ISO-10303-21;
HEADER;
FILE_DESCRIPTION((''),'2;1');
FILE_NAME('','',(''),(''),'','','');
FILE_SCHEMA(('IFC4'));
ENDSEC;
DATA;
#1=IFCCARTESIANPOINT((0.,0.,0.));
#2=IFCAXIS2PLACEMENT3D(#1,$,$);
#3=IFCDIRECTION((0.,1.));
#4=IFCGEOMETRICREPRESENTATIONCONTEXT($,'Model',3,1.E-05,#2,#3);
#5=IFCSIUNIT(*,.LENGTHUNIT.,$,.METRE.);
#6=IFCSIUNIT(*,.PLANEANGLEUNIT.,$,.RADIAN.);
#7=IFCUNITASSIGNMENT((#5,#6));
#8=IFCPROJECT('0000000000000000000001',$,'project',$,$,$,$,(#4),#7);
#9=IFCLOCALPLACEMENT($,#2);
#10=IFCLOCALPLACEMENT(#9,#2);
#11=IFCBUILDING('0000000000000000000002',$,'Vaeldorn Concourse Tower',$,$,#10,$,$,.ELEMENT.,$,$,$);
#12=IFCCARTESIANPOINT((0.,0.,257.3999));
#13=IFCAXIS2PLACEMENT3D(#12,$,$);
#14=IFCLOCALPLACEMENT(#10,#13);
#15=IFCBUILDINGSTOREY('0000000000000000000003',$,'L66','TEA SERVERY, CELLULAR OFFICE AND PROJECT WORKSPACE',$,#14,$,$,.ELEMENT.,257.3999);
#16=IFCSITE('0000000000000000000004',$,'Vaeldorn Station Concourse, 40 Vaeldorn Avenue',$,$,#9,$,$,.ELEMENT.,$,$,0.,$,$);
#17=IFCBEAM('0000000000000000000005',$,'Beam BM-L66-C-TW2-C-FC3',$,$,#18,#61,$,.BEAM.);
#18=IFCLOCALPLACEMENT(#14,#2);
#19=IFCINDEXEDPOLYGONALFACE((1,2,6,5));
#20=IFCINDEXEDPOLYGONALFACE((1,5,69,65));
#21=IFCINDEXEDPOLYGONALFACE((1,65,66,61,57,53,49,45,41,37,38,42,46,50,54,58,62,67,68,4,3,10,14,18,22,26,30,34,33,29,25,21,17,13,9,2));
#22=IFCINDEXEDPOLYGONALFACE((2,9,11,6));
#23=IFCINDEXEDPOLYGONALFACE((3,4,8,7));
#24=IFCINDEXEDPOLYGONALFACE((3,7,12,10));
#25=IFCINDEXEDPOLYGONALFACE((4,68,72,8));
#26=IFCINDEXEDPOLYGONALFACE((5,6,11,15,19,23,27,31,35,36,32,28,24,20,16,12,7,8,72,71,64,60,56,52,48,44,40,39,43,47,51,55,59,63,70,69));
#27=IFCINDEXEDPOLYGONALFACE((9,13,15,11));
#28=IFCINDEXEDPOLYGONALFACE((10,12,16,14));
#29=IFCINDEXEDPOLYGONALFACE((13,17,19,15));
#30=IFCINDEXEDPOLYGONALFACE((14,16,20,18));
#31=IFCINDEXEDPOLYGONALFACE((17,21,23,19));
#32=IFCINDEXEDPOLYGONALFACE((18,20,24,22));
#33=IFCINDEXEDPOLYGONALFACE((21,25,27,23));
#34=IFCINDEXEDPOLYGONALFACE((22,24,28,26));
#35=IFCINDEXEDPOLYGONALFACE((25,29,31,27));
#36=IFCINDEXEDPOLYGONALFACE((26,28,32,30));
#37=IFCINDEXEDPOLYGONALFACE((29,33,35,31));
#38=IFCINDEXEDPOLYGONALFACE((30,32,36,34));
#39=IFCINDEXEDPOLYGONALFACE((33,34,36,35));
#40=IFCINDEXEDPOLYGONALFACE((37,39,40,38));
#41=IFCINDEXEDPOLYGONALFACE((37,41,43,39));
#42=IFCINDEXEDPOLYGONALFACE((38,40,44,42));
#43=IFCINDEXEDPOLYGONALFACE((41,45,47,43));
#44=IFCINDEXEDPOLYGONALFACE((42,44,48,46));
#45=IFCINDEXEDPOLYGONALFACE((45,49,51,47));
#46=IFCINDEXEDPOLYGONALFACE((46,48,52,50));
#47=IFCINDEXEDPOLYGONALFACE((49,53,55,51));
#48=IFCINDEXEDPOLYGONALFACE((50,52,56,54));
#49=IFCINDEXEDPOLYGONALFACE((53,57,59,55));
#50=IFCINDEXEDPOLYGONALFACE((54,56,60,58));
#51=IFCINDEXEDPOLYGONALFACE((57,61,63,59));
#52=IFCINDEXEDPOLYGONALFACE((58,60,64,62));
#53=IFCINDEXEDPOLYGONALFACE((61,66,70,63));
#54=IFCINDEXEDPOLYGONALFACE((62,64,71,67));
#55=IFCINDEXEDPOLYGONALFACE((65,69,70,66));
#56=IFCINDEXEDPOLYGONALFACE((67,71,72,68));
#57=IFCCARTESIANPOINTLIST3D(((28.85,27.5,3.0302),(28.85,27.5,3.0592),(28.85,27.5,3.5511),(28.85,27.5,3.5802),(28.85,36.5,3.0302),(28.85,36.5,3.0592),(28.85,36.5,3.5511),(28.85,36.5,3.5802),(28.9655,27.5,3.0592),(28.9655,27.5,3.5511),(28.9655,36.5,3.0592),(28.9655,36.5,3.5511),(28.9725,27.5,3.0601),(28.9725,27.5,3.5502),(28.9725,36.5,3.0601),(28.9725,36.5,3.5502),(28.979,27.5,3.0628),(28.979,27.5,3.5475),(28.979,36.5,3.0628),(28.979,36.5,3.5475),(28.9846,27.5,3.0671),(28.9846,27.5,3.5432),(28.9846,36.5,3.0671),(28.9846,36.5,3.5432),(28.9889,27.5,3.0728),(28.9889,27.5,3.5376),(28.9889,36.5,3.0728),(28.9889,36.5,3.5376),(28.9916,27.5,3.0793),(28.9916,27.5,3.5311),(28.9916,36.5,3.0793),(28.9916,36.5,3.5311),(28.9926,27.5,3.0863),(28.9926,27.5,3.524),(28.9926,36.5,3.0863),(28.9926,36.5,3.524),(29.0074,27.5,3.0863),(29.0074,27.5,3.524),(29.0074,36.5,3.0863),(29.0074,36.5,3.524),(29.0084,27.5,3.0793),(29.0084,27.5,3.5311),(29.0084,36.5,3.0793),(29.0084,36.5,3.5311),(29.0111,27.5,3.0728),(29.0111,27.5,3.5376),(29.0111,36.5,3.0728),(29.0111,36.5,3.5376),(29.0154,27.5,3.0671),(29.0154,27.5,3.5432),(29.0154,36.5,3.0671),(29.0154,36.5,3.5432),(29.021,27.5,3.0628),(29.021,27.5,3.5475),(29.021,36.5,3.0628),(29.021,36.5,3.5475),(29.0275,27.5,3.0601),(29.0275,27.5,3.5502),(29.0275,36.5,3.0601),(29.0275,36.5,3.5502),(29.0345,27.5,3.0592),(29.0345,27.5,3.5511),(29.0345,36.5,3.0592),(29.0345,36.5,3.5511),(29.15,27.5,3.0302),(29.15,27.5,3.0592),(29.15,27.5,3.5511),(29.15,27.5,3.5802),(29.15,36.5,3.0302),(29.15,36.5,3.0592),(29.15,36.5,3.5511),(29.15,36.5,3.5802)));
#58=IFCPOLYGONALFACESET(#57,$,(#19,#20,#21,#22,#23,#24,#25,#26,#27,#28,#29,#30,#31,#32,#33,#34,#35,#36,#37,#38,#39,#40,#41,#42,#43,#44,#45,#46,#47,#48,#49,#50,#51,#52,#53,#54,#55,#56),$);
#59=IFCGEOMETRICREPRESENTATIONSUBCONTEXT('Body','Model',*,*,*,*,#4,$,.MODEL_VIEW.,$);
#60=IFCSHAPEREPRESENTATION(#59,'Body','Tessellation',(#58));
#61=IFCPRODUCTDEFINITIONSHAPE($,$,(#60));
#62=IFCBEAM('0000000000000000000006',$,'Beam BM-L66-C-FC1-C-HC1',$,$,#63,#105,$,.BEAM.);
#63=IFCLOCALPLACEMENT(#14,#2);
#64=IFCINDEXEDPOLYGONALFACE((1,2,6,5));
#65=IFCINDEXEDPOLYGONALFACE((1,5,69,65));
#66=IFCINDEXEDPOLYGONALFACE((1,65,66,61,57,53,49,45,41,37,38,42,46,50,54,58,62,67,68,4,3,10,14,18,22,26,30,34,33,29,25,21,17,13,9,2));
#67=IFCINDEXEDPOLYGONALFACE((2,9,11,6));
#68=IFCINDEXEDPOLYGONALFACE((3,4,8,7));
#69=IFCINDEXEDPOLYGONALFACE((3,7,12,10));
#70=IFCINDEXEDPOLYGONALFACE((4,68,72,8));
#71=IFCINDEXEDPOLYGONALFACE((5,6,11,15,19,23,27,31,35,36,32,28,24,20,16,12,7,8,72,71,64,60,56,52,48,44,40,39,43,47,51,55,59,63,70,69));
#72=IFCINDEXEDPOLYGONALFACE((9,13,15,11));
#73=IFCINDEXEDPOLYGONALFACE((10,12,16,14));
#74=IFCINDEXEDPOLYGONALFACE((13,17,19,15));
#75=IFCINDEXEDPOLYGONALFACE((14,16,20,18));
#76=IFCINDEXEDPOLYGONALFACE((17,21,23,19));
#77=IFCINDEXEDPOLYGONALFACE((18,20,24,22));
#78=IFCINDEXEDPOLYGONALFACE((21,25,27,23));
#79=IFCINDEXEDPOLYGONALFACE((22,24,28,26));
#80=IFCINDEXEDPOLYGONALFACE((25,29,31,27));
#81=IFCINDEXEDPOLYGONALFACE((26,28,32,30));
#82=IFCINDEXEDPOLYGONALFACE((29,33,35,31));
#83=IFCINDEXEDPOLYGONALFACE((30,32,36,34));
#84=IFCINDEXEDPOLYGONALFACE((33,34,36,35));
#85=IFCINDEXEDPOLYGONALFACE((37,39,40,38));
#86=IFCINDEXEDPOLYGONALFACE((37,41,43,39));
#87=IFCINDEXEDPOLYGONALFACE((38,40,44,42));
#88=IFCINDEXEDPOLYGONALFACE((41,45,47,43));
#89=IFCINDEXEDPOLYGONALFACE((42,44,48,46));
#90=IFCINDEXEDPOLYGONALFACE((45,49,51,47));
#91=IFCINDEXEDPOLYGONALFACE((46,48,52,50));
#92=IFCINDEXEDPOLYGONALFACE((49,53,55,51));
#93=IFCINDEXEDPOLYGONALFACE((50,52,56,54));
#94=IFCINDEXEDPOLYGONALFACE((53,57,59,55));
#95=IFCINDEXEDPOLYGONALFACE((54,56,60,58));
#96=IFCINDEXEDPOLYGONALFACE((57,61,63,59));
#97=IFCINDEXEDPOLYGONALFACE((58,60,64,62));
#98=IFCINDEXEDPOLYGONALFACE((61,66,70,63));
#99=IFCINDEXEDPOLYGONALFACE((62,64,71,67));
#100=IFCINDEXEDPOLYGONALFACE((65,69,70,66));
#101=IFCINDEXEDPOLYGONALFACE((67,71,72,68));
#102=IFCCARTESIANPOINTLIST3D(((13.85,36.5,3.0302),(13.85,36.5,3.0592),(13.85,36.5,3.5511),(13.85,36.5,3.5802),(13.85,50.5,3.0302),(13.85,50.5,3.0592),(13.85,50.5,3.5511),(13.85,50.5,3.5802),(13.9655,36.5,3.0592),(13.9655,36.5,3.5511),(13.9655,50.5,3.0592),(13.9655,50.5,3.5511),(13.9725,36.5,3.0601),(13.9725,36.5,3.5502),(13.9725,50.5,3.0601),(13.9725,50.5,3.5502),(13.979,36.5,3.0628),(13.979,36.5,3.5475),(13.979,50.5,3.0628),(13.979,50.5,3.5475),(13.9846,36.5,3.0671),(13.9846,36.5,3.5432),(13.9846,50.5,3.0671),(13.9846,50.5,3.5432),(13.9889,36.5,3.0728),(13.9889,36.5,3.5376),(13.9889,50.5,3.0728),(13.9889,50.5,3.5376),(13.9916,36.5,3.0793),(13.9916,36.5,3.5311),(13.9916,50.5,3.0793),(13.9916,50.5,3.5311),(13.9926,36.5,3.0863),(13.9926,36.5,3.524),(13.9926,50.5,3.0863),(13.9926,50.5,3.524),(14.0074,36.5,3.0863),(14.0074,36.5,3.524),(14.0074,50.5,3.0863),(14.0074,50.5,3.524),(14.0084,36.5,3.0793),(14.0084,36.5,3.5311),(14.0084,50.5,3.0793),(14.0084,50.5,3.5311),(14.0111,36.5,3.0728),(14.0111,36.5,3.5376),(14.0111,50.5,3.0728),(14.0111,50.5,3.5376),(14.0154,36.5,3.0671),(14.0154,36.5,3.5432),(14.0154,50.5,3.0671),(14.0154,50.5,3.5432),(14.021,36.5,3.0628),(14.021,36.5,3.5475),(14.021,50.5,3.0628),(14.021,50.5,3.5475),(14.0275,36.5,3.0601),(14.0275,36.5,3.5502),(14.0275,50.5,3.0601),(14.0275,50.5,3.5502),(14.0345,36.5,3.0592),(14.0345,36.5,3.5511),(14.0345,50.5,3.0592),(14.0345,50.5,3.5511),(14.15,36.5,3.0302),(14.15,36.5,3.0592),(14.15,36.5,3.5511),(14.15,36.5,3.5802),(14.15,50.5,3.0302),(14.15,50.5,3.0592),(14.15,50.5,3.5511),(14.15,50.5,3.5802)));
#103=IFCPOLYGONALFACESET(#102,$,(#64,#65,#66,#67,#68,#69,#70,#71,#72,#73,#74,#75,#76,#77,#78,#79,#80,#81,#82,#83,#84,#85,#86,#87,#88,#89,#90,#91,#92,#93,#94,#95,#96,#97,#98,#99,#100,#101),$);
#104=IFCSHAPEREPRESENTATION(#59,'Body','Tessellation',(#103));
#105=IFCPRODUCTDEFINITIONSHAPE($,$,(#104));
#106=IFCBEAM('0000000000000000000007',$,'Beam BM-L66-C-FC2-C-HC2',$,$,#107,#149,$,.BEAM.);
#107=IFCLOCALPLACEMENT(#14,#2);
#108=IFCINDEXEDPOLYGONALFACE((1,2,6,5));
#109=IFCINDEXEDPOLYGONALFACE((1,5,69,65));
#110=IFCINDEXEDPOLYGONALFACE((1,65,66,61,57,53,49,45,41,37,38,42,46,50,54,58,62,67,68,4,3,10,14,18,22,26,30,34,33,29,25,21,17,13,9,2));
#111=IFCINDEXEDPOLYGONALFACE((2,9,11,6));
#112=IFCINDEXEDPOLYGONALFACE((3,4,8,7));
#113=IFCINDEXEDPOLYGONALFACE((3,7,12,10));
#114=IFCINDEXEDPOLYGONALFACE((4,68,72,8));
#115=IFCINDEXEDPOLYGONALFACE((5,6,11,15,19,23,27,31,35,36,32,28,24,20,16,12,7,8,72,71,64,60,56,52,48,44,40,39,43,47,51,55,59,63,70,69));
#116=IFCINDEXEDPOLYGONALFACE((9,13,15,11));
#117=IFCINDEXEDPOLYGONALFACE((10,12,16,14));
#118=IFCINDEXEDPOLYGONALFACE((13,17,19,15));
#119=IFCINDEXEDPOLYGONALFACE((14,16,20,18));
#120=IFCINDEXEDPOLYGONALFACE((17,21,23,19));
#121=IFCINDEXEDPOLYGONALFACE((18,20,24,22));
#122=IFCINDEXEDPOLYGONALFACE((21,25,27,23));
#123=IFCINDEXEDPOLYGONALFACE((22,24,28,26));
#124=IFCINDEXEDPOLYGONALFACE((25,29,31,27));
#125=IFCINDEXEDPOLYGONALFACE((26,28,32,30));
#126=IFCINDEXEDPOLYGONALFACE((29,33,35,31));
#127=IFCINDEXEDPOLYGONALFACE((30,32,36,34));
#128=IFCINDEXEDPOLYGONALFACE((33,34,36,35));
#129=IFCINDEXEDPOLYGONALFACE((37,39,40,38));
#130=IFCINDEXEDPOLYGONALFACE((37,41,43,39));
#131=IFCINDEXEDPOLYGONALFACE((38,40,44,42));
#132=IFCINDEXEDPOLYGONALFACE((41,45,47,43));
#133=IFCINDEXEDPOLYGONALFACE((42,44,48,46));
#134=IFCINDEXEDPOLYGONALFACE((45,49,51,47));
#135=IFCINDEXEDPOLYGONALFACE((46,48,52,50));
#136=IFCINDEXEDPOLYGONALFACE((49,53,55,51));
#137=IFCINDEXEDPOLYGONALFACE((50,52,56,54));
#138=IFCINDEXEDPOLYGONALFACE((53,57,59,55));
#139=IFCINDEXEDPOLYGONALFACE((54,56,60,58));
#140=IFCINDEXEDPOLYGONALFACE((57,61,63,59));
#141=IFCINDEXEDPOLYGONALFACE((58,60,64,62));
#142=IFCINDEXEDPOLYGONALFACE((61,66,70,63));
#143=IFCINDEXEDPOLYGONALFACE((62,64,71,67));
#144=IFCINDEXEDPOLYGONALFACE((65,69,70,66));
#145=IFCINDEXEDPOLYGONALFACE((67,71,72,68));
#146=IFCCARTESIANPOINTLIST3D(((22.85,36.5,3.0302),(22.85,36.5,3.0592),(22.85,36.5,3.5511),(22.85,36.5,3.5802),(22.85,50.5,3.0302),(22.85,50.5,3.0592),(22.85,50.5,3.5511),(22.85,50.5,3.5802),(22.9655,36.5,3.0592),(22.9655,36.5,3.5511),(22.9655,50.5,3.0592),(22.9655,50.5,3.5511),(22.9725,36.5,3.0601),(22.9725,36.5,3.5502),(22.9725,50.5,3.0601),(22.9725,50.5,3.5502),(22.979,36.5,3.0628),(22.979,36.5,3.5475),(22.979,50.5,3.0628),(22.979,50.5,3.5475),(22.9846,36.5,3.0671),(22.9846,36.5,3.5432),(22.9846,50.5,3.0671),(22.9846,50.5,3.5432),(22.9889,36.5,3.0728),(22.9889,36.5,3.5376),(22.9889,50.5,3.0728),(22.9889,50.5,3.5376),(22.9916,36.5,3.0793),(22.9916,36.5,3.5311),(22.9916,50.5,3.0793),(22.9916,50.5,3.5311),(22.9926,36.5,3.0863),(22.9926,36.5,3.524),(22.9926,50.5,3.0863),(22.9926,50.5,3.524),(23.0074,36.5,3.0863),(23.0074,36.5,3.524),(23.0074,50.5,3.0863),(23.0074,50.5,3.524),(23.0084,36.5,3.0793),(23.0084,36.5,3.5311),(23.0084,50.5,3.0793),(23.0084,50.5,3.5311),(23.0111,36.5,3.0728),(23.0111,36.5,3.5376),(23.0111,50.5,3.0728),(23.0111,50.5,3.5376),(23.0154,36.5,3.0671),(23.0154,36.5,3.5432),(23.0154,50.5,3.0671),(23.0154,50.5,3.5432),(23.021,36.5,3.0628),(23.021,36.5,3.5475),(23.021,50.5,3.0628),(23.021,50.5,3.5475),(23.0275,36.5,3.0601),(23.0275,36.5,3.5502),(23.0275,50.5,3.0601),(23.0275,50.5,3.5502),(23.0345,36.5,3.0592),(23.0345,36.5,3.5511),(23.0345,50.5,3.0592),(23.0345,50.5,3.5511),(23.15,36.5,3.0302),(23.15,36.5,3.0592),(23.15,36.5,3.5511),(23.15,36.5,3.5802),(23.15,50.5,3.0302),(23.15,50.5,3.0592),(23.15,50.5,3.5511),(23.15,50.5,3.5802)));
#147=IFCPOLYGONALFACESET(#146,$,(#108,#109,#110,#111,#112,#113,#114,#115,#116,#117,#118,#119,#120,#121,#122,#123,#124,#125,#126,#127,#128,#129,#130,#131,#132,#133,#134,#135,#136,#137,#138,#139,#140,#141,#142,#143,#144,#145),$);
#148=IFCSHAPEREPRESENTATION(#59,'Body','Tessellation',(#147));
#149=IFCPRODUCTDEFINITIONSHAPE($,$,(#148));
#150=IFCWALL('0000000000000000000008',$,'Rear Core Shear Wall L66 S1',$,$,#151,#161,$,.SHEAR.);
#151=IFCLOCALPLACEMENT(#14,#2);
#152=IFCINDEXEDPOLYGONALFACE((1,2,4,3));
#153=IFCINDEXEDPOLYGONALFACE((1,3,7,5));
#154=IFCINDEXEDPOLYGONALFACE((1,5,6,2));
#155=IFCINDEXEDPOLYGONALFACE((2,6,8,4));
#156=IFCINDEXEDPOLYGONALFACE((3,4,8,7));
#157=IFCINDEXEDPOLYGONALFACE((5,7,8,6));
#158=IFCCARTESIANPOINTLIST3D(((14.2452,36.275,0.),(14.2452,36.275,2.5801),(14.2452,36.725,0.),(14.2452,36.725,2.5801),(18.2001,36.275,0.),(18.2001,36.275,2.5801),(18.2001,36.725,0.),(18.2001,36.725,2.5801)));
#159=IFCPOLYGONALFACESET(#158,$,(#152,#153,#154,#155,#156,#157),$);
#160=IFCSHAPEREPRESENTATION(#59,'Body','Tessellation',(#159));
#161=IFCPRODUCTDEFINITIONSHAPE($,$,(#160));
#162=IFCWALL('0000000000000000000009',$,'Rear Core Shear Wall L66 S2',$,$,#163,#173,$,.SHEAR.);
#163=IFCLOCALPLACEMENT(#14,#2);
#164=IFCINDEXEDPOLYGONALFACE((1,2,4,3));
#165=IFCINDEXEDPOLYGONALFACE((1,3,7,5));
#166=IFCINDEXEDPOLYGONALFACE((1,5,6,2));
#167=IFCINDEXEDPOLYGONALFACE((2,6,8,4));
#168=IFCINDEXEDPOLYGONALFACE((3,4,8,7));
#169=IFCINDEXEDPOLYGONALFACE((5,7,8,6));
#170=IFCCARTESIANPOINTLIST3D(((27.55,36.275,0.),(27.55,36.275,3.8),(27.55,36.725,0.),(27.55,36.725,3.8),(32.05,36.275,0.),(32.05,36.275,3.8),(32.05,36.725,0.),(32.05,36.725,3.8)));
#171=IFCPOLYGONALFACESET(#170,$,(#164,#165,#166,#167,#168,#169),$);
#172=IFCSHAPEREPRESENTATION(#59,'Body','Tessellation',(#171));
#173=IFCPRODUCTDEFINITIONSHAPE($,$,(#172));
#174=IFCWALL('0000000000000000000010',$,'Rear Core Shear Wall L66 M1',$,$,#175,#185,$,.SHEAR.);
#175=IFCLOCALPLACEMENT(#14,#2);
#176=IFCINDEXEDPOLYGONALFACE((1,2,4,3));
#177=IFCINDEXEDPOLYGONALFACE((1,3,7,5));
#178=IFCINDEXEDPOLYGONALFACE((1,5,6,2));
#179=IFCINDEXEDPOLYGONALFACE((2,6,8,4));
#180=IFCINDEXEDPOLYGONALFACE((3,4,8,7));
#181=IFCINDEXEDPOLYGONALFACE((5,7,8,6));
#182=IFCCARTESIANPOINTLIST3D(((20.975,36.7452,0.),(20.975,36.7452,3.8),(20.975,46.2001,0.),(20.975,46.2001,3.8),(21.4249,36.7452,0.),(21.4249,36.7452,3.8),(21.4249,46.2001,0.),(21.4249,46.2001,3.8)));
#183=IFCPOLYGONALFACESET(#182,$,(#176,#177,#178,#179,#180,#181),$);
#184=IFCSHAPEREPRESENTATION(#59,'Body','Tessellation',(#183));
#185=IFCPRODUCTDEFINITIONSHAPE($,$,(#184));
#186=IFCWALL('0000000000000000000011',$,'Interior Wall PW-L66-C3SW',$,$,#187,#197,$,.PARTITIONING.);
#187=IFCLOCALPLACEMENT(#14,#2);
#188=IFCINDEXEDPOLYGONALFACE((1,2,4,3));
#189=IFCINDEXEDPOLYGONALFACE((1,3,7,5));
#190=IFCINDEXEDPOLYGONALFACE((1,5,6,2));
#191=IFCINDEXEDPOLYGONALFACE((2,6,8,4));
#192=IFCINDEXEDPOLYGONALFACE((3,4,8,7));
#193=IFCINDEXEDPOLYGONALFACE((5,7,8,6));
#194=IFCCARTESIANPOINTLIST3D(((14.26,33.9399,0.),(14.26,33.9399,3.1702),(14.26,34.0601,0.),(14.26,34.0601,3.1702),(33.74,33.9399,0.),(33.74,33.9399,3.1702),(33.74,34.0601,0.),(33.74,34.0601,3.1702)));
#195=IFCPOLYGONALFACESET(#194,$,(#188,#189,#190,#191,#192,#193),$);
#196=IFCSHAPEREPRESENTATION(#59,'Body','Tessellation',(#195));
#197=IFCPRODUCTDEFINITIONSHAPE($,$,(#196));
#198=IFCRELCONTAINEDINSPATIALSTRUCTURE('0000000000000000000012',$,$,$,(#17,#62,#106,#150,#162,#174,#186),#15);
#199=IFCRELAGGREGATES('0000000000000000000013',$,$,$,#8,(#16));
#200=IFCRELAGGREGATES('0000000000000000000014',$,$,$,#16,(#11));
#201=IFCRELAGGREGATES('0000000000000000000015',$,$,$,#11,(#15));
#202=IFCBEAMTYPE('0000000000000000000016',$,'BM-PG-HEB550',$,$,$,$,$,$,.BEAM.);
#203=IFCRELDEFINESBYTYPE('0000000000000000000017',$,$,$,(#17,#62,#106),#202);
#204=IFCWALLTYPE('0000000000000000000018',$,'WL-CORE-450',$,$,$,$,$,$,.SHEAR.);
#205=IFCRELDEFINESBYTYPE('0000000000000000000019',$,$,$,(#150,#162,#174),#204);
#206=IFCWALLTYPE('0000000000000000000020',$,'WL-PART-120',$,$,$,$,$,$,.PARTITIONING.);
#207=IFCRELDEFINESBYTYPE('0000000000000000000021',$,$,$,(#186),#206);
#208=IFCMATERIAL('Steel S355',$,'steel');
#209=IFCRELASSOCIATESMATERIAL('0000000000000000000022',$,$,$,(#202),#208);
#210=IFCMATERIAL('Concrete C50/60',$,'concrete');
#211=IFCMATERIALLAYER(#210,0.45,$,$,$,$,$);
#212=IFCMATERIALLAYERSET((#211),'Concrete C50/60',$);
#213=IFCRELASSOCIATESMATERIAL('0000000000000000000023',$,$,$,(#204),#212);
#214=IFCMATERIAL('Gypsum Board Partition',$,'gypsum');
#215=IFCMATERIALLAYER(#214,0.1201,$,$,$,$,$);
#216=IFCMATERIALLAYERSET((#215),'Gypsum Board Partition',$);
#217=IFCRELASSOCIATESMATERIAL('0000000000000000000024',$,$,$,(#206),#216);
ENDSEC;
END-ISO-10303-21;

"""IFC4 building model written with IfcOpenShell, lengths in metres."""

from ifc_helpers import new_model, si_unit, direction, frame, frame_2d, origin, origin_2d, place, context, subcontext, project, spatial, rectangle, i_section, extrude, source, transform, mapped, material, layer, layer_set, material_profile, profile_set, type_object, element, save


model = new_model("IFC4")

# Units and contexts
model_context = context("Model", 3, precision=1e-05, world=origin(), true_north=direction((0.0, 1.0)))
body_context = subcontext(model_context, "Body", "Model", "MODEL_VIEW")
ifc_project = project(units=[si_unit("LENGTHUNIT", "METRE"), si_unit("PLANEANGLEUNIT", "RADIAN")], contexts=[model_context])

# Site, building, storey
site_placement = place(None, origin())
site = spatial("IfcSite", under=ifc_project, at=site_placement, Name="Vaeldorn Station Concourse, 40 Vaeldorn Avenue", CompositionType="ELEMENT", RefElevation=0.0)
building_placement = place(site_placement, origin())
building = spatial("IfcBuilding", under=site, at=building_placement, Name="Vaeldorn Concourse Tower", CompositionType="ELEMENT")
storey_placement = place(building_placement, frame((0.0, 0.0, 257.3999)))
storey = spatial("IfcBuildingStorey", under=building, at=storey_placement, Name="L66", Description="TEA SERVERY, CELLULAR OFFICE AND PROJECT WORKSPACE", CompositionType="ELEMENT", Elevation=257.3999)

# Beams
ifc_material_1 = material(Name="Concrete C50/60", Category="concrete")
ifc_material_2 = material(Name="Steel S355", Category="steel")
ifc_material_profile_1 = material_profile(ifc_material_2, i_section(OverallWidth=0.3, OverallDepth=0.55, WebThickness=0.0149, FlangeThickness=0.0291, FilletRadius=0.0271, at=origin_2d()), Name="HEB 550")
ifc_profile_set_1 = profile_set([ifc_material_profile_1], Name="Steel S355")
beam_type_1 = type_object("IfcBeamType", Name="BM-PG-HEB550", PredefinedType="BEAM", material=ifc_profile_set_1)
shared_shape_1 = source(origin(), body_context, "Body", "SweptSolid", [
    extrude(i_section(OverallWidth=0.3, OverallDepth=0.55, WebThickness=0.0149, FlangeThickness=0.0291, FilletRadius=0.0271, at=origin_2d()), origin(), (0.0, 0.0, 1.0), 9.0),
])
beam_1_placement = place(storey_placement, frame((29.0, 27.5, 3.3052), z_axis=(0.0, 1.0, 0.0), x_axis=(-1.0, 0.0, 0.0)))
element("IfcBeam", 1, at=beam_1_placement, inside=storey, type_object=beam_type_1, Name="Beam BM-L66-C-TW2-C-FC3", PredefinedType="BEAM", context=body_context, shape_type="MappedRepresentation", body=[
    mapped(shared_shape_1, transform((0.0, 0.0, 0.0), scale=1.0)),
])
shared_shape_2 = source(origin(), body_context, "Body", "SweptSolid", [
    extrude(i_section(OverallWidth=0.3, OverallDepth=0.55, WebThickness=0.0149, FlangeThickness=0.0291, FilletRadius=0.0271, at=origin_2d()), origin(), (0.0, 0.0, 1.0), 14.0),
])
for number, where, z_axis, x_axis, name in (
    (2, (14.0, 36.5, 3.3052), (0.0, 1.0, 0.0), (-1.0, 0.0, 0.0), "Beam BM-L66-C-FC1-C-HC1"),
    (3, (23.0, 36.5, 3.3052), (0.0, 1.0, 0.0), (-1.0, 0.0, 0.0), "Beam BM-L66-C-FC2-C-HC2"),
):
    element("IfcBeam", number, at=place(storey_placement, frame(where, z_axis=z_axis, x_axis=x_axis)), inside=storey, type_object=beam_type_1, Name=name, PredefinedType="BEAM", context=body_context, shape_type="MappedRepresentation", body=[
        mapped(shared_shape_2, transform((0.0, 0.0, 0.0), scale=1.0)),
    ])

# Walls
ifc_layer_1 = layer(ifc_material_1, 0.45)
ifc_layer_set_1 = layer_set([ifc_layer_1], Name="Concrete C50/60")
wall_type_1 = type_object("IfcWallType", Name="WL-CORE-450", PredefinedType="SHEAR", material=ifc_layer_set_1)
wall_1_placement = place(storey_placement, frame((14.2451, 36.5, 0.0), z_axis=(0.0, 0.0, 1.0), x_axis=(1.0, 0.0, 0.0)))
element("IfcWall", 4, at=wall_1_placement, inside=storey, type_object=wall_type_1, Name="Rear Core Shear Wall L66 S1", PredefinedType="SHEAR", context=body_context, shape_type="SweptSolid", body=[
    extrude(rectangle(XDim=3.9548, YDim=0.45, at=frame_2d((1.9775, 0.0))), origin(), (0.0, 0.0, 1.0), 2.5801),
])
wall_2_placement = place(storey_placement, frame((27.55, 36.5, 0.0), z_axis=(0.0, 0.0, 1.0), x_axis=(1.0, 0.0, 0.0)))
element("IfcWall", 5, at=wall_2_placement, inside=storey, type_object=wall_type_1, Name="Rear Core Shear Wall L66 S2", PredefinedType="SHEAR", context=body_context, shape_type="SweptSolid", body=[
    extrude(rectangle(XDim=4.5, YDim=0.45, at=frame_2d((2.25, 0.0))), origin(), (0.0, 0.0, 1.0), 3.8),
])
wall_3_placement = place(storey_placement, frame((21.2, 36.7451, 0.0), z_axis=(0.0, 0.0, 1.0), x_axis=(0.0, 1.0, 0.0)))
element("IfcWall", 6, at=wall_3_placement, inside=storey, type_object=wall_type_1, Name="Rear Core Shear Wall L66 M1", PredefinedType="SHEAR", context=body_context, shape_type="SweptSolid", body=[
    extrude(rectangle(XDim=9.4548, YDim=0.45, at=frame_2d((4.7275, 0.0))), origin(), (0.0, 0.0, 1.0), 3.8),
])
ifc_material_3 = material(Name="Gypsum Board Partition", Category="gypsum")
ifc_layer_2 = layer(ifc_material_3, 0.1201)
ifc_layer_set_2 = layer_set([ifc_layer_2], Name="Gypsum Board Partition")
wall_type_2 = type_object("IfcWallType", Name="WL-PART-120", PredefinedType="PARTITIONING", material=ifc_layer_set_2)
wall_4_placement = place(storey_placement, frame((14.26, 34.0, 0.0), z_axis=(0.0, 0.0, 1.0), x_axis=(1.0, 0.0, 0.0)))
element("IfcWall", 7, at=wall_4_placement, inside=storey, type_object=wall_type_2, Name="Interior Wall PW-L66-C3SW", PredefinedType="PARTITIONING", context=body_context, shape_type="SweptSolid", body=[
    extrude(rectangle(XDim=19.48, YDim=0.1201, at=frame_2d((9.74, 0.0))), origin(), (0.0, 0.0, 1.0), 3.1702),
])

save(model, "model.ifc")
